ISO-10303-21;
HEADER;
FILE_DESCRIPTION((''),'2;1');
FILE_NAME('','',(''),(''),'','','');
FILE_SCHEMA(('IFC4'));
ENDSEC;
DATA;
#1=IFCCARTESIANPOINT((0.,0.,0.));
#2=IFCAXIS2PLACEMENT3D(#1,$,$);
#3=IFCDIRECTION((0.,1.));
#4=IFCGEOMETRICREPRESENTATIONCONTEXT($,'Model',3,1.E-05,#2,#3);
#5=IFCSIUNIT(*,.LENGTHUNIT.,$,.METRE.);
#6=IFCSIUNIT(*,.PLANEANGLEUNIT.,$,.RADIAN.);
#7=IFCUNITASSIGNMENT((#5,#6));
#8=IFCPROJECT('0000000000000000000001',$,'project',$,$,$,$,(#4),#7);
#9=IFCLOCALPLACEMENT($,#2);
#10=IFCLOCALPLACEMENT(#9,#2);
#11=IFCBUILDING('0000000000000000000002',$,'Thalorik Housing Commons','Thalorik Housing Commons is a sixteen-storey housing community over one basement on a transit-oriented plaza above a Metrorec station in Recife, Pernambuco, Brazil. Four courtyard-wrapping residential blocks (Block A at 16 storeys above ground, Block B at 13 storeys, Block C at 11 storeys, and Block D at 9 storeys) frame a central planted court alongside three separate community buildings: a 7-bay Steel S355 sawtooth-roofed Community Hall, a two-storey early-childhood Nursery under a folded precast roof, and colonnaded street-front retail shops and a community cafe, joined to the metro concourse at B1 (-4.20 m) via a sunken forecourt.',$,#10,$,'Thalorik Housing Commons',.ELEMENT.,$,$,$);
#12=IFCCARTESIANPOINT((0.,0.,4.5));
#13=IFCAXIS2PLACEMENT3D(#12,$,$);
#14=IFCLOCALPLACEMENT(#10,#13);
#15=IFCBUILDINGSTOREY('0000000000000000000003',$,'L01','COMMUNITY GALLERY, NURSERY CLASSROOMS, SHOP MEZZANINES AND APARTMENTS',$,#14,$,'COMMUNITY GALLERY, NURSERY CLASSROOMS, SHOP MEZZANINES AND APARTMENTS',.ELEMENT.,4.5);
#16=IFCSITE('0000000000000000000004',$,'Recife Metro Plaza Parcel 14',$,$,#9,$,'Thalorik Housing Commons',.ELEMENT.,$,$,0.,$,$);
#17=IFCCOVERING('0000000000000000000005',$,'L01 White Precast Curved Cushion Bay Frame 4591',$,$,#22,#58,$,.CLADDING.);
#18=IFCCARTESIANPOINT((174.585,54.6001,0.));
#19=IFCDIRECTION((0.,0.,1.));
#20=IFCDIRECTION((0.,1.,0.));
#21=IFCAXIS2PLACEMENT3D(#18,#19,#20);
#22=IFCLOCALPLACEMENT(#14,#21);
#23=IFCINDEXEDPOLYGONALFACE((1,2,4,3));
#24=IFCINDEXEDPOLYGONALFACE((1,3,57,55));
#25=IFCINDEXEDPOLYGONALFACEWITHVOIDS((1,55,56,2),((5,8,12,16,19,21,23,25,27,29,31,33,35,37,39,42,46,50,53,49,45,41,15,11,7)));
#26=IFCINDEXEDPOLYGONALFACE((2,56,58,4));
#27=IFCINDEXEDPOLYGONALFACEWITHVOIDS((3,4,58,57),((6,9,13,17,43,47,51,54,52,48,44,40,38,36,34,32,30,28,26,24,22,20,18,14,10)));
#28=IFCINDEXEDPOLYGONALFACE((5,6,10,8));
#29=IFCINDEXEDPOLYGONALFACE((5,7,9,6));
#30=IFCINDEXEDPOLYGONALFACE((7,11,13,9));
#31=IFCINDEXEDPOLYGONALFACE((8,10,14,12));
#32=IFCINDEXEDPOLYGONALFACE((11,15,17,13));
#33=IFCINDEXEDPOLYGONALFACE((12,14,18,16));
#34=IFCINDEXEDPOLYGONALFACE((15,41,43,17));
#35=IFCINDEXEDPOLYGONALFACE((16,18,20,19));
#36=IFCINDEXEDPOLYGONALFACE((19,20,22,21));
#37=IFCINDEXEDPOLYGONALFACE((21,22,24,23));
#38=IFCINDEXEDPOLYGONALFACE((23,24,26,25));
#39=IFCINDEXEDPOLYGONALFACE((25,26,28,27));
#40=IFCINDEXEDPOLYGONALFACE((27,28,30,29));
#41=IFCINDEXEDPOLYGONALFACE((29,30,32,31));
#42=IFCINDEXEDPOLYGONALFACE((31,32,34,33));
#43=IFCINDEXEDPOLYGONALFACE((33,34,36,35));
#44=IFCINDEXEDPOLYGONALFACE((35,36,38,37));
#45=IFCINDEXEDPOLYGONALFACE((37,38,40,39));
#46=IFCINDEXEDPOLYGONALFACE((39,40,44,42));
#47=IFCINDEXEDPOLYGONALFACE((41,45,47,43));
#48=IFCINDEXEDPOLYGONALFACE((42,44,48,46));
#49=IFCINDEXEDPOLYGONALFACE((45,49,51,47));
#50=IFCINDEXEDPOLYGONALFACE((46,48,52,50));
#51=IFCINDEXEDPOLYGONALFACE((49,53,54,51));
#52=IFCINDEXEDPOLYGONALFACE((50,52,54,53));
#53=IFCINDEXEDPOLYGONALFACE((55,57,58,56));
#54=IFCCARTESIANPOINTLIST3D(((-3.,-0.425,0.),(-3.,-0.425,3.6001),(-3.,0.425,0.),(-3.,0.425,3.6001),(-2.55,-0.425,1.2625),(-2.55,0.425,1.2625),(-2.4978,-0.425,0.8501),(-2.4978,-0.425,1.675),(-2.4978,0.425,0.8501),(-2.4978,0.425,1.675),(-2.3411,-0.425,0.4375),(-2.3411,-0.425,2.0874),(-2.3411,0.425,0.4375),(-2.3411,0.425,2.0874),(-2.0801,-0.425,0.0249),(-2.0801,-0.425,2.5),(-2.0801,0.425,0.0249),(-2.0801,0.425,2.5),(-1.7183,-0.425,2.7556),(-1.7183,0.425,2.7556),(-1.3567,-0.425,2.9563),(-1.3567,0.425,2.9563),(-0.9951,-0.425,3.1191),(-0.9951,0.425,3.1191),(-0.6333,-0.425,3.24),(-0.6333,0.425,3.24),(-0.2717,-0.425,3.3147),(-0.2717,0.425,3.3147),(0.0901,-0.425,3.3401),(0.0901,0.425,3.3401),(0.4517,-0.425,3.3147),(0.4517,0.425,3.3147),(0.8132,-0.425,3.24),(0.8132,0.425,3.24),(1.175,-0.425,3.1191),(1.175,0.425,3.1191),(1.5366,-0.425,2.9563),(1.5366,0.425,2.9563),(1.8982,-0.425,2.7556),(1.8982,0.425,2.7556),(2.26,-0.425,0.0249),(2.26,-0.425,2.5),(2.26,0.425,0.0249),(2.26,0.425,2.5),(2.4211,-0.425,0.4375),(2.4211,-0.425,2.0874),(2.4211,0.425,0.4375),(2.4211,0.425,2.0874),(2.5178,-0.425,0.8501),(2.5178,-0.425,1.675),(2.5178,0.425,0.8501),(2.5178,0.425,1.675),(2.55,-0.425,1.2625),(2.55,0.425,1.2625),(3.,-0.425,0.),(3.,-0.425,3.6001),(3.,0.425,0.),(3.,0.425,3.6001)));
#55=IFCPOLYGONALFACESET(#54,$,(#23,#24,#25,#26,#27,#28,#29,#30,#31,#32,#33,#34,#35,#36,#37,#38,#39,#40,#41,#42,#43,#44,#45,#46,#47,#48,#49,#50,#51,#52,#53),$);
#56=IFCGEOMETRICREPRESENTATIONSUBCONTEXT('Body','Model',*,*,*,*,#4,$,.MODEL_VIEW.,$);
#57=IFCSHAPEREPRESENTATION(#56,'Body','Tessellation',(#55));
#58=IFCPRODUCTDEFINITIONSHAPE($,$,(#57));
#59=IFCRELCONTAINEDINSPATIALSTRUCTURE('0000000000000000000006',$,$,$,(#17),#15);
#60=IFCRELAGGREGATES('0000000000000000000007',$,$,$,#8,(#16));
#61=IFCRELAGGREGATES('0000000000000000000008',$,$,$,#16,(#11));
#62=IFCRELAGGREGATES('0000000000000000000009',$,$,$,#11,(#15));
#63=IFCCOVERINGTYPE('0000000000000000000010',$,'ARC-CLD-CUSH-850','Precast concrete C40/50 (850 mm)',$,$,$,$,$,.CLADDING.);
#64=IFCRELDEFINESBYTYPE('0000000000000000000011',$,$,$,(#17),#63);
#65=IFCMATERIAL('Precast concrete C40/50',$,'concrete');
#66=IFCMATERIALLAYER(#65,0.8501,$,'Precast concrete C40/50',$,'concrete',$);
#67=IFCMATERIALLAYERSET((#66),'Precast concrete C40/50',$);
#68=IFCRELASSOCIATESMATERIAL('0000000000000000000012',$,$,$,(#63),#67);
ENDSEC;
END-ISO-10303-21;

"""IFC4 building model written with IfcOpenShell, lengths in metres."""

from ifc_helpers import new_model, si_unit, direction, frame, origin, place, context, subcontext, project, spatial, polyline, outline, extrude, material, layer, layer_set, type_object, element, save


model = new_model("IFC4")

# Units and contexts
model_context = context("Model", 3, precision=1e-05, world=origin(), true_north=direction((0.0, 1.0)))
body_context = subcontext(model_context, "Body", "Model", "MODEL_VIEW")
ifc_project = project(units=[si_unit("LENGTHUNIT", "METRE"), si_unit("PLANEANGLEUNIT", "RADIAN")], contexts=[model_context])

# Site, building, storey
site_placement = place(None, origin())
site = spatial("IfcSite", under=ifc_project, at=site_placement, Name="Recife Metro Plaza Parcel 14", LongName="Thalorik Housing Commons", CompositionType="ELEMENT", RefElevation=0.0)
building_placement = place(site_placement, origin())
building = spatial("IfcBuilding", under=site, at=building_placement, Name="Thalorik Housing Commons", Description="Thalorik Housing Commons is a sixteen-storey housing community over one basement on a transit-oriented plaza above a Metrorec station in Recife, Pernambuco, Brazil. Four courtyard-wrapping residential blocks (Block A at 16 storeys above ground, Block B at 13 storeys, Block C at 11 storeys, and Block D at 9 storeys) frame a central planted court alongside three separate community buildings: a 7-bay Steel S355 sawtooth-roofed Community Hall, a two-storey early-childhood Nursery under a folded precast roof, and colonnaded street-front retail shops and a community cafe, joined to the metro concourse at B1 (-4.20 m) via a sunken forecourt.", LongName="Thalorik Housing Commons", CompositionType="ELEMENT")
storey_placement = place(building_placement, frame((0.0, 0.0, 4.5)))
storey = spatial("IfcBuildingStorey", under=building, at=storey_placement, Name="L01", Description="COMMUNITY GALLERY, NURSERY CLASSROOMS, SHOP MEZZANINES AND APARTMENTS", LongName="COMMUNITY GALLERY, NURSERY CLASSROOMS, SHOP MEZZANINES AND APARTMENTS", CompositionType="ELEMENT", Elevation=4.5)

# Shared definitions
ifc_material_1 = material(Name="Precast concrete C40/50", Category="concrete")

# Covering
ifc_layer_1 = layer(ifc_material_1, 0.8501, Name="Precast concrete C40/50", Category="concrete")
ifc_layer_set_1 = layer_set([ifc_layer_1], Name="Precast concrete C40/50")
covering_type_1 = type_object("IfcCoveringType", Name="ARC-CLD-CUSH-850", Description="Precast concrete C40/50 (850 mm)", PredefinedType="CLADDING", material=ifc_layer_set_1)
covering_1_placement = place(storey_placement, frame((174.585, 54.6001, 0.0), z_axis=(0.0, 0.0, 1.0), x_axis=(0.0, 1.0, 0.0)))
element("IfcCovering", 1, at=covering_1_placement, inside=storey, type_object=covering_type_1, Name="L01 White Precast Curved Cushion Bay Frame 4591", PredefinedType="CLADDING", context=body_context, shape_type="SweptSolid", body=[
    extrude(outline(polyline([(-3.0, 0.0), (3.0, 0.0), (3.0, 3.6001), (-3.0, 3.6001), (-3.0, 0.0)]), holes=[polyline([(2.26, 0.0249), (2.4211, 0.4375), (2.5178, 0.8501), (2.55, 1.2625), (2.5178, 1.675), (2.4211, 2.0874), (2.26, 2.5), (1.8982, 2.7556), (1.5366, 2.9563), (1.175, 3.1191), (0.8132, 3.24), (0.4517, 3.3147), (0.0901, 3.3401), (-0.2717, 3.3147), (-0.6333, 3.24), (-0.9951, 3.1191), (-1.3567, 2.9563), (-1.7183, 2.7556), (-2.0801, 2.5), (-2.3411, 2.0874), (-2.4978, 1.675), (-2.55, 1.2625), (-2.4978, 0.8501), (-2.3411, 0.4375), (-2.0801, 0.0249), (2.26, 0.0249)])]), frame((0.0, 0.425, 0.0), z_axis=(0.0, -1.0, 0.0), x_axis=(1.0, 0.0, 0.0)), (0.0, 0.0, 1.0), 0.8501),
])

save(model, "model.ifc")
